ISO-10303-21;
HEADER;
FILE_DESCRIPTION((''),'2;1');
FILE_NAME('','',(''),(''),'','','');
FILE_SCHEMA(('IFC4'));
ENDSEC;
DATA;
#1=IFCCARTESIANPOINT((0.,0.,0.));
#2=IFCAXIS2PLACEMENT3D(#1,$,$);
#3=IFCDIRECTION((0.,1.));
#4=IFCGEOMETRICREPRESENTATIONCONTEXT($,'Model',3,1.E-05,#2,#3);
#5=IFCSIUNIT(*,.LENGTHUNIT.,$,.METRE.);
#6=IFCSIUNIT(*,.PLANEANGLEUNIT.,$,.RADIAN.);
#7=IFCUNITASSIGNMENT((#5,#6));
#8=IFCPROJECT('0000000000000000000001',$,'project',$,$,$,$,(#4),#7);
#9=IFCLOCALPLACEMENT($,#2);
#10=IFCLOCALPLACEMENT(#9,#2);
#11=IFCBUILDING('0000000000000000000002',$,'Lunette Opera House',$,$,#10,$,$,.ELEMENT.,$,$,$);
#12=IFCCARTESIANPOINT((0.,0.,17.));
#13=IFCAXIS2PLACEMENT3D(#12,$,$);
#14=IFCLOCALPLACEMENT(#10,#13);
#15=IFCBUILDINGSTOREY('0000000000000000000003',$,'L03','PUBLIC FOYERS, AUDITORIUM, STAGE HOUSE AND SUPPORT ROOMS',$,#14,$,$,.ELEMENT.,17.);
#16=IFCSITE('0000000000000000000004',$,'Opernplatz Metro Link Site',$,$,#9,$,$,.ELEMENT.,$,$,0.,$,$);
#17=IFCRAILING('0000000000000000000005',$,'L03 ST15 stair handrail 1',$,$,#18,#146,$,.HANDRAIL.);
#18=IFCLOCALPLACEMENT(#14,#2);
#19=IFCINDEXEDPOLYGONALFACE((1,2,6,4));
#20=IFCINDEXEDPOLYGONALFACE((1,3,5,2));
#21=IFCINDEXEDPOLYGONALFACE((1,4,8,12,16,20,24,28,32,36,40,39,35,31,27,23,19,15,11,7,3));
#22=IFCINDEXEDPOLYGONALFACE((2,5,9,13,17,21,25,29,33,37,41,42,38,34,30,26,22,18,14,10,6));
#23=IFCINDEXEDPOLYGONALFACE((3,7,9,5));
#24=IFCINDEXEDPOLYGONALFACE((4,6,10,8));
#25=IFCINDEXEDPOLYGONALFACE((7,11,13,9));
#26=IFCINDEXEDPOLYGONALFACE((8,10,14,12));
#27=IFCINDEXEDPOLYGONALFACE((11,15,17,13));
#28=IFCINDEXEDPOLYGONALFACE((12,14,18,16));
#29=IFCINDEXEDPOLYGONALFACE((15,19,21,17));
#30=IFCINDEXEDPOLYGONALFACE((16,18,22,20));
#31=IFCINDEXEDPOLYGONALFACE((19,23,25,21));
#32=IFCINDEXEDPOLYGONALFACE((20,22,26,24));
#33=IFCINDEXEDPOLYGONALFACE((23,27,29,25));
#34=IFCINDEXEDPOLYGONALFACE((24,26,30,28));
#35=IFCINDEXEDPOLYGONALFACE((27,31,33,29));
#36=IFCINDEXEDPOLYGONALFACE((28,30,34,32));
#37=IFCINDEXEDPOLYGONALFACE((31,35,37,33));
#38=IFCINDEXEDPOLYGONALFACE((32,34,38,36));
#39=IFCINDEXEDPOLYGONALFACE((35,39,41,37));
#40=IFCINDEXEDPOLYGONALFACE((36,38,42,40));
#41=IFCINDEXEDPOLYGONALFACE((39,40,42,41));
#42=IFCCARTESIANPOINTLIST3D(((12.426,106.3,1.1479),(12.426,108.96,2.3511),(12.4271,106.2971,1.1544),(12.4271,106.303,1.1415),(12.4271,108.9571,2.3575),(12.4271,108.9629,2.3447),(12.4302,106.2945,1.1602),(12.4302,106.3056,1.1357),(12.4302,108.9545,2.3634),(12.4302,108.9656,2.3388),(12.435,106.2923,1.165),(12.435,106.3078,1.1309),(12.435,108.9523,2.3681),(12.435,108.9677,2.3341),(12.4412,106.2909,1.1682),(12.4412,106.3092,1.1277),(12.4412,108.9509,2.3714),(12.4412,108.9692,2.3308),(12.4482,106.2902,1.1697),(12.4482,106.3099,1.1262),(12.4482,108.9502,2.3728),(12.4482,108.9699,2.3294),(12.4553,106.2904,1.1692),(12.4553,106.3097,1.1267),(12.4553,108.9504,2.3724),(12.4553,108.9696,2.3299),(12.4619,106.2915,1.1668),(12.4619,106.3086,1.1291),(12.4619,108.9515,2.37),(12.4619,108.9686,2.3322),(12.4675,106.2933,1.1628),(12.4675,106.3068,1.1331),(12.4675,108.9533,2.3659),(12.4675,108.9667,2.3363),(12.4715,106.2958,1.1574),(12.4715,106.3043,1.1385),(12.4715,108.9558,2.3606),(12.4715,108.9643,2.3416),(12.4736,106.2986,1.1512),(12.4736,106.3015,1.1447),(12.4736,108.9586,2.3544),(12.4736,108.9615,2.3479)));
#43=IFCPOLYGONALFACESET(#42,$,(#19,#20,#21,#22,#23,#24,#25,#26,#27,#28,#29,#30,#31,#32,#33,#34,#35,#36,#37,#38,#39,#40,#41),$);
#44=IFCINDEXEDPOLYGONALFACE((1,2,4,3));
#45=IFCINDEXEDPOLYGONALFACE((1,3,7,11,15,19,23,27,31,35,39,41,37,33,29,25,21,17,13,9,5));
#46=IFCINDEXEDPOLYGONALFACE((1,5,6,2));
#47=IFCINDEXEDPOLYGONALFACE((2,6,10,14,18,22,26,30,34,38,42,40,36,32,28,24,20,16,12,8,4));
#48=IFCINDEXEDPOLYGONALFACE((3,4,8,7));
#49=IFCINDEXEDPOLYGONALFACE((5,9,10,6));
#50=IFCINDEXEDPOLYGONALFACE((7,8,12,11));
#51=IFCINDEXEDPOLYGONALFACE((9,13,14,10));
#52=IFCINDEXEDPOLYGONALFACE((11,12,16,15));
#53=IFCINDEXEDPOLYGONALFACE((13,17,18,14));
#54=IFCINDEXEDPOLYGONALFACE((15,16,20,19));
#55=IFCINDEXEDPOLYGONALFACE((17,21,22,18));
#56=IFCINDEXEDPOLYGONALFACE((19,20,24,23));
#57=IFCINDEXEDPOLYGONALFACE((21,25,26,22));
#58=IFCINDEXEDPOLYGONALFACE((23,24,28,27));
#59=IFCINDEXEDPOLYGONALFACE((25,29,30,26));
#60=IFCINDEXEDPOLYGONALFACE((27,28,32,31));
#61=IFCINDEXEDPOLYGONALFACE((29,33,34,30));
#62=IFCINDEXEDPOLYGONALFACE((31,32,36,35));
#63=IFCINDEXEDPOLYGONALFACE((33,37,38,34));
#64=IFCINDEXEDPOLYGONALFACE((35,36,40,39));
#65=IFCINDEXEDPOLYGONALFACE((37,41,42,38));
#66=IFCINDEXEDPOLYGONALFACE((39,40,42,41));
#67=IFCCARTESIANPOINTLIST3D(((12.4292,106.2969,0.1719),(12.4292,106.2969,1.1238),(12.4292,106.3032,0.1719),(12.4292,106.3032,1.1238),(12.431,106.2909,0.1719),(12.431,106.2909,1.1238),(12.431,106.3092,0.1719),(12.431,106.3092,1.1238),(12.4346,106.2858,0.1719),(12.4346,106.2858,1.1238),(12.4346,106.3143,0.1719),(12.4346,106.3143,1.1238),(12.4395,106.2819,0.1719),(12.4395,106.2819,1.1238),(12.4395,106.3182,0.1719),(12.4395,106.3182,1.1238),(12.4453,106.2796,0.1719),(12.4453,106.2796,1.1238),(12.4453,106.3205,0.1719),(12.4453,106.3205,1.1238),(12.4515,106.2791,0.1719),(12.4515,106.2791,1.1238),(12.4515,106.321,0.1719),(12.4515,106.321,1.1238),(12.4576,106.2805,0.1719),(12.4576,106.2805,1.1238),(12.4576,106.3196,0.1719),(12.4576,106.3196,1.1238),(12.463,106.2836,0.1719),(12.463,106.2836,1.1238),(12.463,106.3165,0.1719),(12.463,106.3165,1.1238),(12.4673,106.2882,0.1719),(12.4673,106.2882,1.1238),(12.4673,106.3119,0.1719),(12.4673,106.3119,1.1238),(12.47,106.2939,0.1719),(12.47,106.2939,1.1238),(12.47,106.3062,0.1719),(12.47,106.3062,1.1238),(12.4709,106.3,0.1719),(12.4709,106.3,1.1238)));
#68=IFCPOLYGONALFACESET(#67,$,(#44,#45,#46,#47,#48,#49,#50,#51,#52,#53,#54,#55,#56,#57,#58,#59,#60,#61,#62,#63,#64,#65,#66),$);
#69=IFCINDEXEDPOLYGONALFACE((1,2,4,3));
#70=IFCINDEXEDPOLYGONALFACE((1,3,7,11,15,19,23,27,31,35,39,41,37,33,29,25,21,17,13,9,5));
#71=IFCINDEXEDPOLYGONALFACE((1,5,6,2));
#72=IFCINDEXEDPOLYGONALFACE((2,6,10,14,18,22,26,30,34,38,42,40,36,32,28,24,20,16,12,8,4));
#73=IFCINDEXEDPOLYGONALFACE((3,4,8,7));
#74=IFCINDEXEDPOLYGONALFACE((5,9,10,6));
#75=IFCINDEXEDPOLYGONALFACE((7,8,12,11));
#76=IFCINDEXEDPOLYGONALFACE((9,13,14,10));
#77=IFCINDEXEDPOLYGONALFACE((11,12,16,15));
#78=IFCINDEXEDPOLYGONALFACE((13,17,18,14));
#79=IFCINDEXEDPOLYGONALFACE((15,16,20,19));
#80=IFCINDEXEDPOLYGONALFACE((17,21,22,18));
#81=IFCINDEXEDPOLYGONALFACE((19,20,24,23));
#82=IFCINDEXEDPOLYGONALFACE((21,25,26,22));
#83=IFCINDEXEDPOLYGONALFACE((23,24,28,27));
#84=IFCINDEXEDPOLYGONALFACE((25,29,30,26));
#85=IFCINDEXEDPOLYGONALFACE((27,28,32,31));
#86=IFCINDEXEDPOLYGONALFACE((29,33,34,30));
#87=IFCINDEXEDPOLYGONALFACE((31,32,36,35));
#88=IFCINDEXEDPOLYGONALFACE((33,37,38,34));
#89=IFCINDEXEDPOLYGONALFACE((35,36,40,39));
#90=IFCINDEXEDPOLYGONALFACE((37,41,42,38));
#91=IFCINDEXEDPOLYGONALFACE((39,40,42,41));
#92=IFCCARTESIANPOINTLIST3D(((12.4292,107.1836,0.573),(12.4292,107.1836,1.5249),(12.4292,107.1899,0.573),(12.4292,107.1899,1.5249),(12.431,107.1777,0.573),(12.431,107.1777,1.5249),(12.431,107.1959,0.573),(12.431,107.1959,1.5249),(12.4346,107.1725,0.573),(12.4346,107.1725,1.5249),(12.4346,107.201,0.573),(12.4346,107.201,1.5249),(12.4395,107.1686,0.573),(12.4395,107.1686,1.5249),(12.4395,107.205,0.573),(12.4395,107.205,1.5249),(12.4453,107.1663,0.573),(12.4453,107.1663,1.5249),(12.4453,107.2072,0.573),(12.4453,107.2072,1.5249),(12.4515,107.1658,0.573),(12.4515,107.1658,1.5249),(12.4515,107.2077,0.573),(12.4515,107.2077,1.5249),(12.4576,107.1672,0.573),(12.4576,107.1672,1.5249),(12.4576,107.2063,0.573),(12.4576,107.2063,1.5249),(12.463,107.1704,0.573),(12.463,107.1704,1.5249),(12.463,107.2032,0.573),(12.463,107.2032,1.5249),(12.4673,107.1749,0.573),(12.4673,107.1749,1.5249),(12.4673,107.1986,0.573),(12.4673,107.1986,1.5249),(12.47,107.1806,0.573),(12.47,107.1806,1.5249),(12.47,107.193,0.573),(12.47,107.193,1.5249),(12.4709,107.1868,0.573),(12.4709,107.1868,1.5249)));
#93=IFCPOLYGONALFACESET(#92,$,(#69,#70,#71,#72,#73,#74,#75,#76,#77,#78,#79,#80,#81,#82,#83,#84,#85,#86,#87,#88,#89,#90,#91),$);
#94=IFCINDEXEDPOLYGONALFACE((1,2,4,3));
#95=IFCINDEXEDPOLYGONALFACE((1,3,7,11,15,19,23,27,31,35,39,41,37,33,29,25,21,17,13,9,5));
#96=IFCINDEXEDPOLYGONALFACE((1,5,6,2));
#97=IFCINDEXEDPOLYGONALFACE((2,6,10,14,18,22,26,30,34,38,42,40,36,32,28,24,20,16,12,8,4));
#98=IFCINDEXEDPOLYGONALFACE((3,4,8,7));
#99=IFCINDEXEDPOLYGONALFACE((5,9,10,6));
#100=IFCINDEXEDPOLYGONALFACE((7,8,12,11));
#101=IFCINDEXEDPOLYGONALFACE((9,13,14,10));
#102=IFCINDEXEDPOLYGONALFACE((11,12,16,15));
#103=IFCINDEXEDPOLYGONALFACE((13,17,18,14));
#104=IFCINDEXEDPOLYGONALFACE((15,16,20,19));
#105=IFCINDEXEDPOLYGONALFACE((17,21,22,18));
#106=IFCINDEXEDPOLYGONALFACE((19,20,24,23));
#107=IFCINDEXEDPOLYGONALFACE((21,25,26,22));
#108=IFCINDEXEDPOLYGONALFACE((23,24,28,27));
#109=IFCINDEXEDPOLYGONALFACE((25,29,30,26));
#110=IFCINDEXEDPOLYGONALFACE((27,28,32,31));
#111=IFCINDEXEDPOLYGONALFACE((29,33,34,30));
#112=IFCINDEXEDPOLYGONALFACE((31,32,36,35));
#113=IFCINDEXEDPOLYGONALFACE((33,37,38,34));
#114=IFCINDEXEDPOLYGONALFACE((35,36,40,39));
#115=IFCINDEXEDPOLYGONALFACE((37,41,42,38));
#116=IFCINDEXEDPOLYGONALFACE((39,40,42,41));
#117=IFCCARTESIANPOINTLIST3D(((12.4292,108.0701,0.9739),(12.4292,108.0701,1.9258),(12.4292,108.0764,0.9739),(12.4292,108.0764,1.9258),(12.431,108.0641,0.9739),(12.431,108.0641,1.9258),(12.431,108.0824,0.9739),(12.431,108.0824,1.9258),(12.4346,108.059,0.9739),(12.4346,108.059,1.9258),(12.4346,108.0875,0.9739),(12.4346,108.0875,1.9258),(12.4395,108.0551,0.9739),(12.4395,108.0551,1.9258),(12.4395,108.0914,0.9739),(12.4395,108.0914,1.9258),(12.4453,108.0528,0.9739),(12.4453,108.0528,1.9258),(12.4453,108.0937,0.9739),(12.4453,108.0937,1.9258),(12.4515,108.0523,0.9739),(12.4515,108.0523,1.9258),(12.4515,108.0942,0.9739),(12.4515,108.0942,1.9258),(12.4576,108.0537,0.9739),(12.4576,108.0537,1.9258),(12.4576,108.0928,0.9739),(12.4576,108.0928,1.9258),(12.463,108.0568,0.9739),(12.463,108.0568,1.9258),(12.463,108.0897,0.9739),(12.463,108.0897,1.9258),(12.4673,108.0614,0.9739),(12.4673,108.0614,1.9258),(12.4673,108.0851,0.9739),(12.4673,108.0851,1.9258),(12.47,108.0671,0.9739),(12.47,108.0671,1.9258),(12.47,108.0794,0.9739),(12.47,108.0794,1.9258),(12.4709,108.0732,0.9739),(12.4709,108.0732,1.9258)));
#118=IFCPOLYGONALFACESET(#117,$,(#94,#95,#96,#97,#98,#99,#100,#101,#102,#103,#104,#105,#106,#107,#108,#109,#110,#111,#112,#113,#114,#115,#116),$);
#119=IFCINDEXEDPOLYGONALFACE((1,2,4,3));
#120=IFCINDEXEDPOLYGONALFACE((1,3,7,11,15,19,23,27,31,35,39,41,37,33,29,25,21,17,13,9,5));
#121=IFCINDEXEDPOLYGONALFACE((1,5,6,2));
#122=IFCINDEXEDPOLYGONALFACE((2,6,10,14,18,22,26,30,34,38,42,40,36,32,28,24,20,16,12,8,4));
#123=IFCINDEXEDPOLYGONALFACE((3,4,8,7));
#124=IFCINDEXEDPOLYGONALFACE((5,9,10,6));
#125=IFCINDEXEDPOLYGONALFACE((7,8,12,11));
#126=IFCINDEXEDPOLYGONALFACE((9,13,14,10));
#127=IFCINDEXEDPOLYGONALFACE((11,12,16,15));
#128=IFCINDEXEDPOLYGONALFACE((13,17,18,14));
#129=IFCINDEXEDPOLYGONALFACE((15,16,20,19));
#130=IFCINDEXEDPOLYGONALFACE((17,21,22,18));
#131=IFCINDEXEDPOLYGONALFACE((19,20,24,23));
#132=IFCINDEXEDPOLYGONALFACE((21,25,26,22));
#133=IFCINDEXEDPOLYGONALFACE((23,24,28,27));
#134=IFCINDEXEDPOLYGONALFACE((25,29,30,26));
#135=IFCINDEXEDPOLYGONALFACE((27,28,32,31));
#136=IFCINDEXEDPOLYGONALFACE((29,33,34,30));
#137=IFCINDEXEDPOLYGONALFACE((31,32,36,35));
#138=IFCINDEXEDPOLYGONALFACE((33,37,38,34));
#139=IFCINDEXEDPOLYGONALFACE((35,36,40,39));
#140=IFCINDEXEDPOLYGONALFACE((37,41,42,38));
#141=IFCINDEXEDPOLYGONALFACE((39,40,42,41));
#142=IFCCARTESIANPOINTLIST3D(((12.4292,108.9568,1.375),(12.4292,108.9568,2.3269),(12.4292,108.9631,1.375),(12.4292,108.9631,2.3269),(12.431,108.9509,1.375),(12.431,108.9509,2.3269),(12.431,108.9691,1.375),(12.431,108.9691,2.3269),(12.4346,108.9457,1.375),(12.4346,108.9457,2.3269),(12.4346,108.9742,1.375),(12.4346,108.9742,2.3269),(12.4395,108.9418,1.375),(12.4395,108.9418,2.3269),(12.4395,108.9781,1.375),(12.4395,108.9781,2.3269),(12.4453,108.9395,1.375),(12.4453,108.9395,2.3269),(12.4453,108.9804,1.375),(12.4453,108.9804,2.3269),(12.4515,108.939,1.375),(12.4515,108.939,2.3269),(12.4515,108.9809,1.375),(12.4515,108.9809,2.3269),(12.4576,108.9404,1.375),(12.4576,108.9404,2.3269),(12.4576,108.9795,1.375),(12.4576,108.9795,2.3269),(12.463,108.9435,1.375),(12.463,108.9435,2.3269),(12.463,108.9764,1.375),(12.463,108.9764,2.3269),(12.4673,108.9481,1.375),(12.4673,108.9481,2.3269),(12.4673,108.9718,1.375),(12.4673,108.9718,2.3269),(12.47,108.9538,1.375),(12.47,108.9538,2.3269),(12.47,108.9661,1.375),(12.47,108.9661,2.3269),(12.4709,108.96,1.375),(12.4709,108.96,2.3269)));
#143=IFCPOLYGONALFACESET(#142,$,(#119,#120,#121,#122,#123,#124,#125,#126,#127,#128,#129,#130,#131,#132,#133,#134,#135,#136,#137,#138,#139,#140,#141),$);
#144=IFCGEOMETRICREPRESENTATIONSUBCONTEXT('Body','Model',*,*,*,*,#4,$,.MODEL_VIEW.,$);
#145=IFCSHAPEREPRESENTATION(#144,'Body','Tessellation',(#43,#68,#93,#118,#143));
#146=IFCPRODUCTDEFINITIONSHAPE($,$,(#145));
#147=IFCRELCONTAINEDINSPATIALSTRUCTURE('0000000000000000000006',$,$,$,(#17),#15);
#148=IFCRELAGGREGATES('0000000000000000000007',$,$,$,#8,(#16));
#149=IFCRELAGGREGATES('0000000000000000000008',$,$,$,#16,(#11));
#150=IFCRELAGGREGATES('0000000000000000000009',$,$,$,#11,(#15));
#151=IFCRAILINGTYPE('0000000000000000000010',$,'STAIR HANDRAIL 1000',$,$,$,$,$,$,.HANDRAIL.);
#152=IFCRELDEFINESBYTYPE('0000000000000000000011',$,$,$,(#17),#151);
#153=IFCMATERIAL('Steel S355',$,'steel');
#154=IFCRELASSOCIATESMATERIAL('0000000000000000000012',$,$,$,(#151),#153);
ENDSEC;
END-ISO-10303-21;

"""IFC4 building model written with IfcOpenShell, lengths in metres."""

from ifc_helpers import new_model, si_unit, direction, frame, origin, origin_2d, place, context, subcontext, project, spatial, circle, extrude, material, type_object, element, save


model = new_model("IFC4")

# Units and contexts
model_context = context("Model", 3, precision=1e-05, world=origin(), true_north=direction((0.0, 1.0)))
body_context = subcontext(model_context, "Body", "Model", "MODEL_VIEW")
ifc_project = project(units=[si_unit("LENGTHUNIT", "METRE"), si_unit("PLANEANGLEUNIT", "RADIAN")], contexts=[model_context])

# Site, building, storey
site_placement = place(None, origin())
site = spatial("IfcSite", under=ifc_project, at=site_placement, Name="Opernplatz Metro Link Site", CompositionType="ELEMENT", RefElevation=0.0)
building_placement = place(site_placement, origin())
building = spatial("IfcBuilding", under=site, at=building_placement, Name="Lunette Opera House", CompositionType="ELEMENT")
storey_placement = place(building_placement, frame((0.0, 0.0, 17.0)))
storey = spatial("IfcBuildingStorey", under=building, at=storey_placement, Name="L03", Description="PUBLIC FOYERS, AUDITORIUM, STAGE HOUSE AND SUPPORT ROOMS", CompositionType="ELEMENT", Elevation=17.0)

# Railing
ifc_material_1 = material(Name="Steel S355", Category="steel")
railing_type_1 = type_object("IfcRailingType", Name="STAIR HANDRAIL 1000", PredefinedType="HANDRAIL", material=ifc_material_1)
railing_1_placement = place(storey_placement, frame((12.45, 106.3, 0.1719)))
element("IfcRailing", 1, at=railing_1_placement, inside=storey, type_object=railing_type_1, Name="L03 ST15 stair handrail 1", PredefinedType="HANDRAIL", context=body_context, shape_type="SweptSolid", body=[
    extrude(circle(Radius=0.0239, at=origin_2d()), frame((0.0, 0.0, 0.9761), z_axis=(0.0, 0.91113, 0.41212), x_axis=(-1.0, 0.0, 0.0)), (0.0, 0.0, 1.0), 2.9194),
    extrude(circle(Radius=0.021, at=origin_2d()), origin(), (0.0, 0.0, 1.0), 0.9519),
    extrude(circle(Radius=0.021, at=origin_2d()), frame((0.0, 0.8867, 0.4011)), (0.0, 0.0, 1.0), 0.9519),
    extrude(circle(Radius=0.021, at=origin_2d()), frame((0.0, 1.7732, 0.802)), (0.0, 0.0, 1.0), 0.9519),
    extrude(circle(Radius=0.021, at=origin_2d()), frame((0.0, 2.6599, 1.2031)), (0.0, 0.0, 1.0), 0.9519),
])

save(model, "model.ifc")
